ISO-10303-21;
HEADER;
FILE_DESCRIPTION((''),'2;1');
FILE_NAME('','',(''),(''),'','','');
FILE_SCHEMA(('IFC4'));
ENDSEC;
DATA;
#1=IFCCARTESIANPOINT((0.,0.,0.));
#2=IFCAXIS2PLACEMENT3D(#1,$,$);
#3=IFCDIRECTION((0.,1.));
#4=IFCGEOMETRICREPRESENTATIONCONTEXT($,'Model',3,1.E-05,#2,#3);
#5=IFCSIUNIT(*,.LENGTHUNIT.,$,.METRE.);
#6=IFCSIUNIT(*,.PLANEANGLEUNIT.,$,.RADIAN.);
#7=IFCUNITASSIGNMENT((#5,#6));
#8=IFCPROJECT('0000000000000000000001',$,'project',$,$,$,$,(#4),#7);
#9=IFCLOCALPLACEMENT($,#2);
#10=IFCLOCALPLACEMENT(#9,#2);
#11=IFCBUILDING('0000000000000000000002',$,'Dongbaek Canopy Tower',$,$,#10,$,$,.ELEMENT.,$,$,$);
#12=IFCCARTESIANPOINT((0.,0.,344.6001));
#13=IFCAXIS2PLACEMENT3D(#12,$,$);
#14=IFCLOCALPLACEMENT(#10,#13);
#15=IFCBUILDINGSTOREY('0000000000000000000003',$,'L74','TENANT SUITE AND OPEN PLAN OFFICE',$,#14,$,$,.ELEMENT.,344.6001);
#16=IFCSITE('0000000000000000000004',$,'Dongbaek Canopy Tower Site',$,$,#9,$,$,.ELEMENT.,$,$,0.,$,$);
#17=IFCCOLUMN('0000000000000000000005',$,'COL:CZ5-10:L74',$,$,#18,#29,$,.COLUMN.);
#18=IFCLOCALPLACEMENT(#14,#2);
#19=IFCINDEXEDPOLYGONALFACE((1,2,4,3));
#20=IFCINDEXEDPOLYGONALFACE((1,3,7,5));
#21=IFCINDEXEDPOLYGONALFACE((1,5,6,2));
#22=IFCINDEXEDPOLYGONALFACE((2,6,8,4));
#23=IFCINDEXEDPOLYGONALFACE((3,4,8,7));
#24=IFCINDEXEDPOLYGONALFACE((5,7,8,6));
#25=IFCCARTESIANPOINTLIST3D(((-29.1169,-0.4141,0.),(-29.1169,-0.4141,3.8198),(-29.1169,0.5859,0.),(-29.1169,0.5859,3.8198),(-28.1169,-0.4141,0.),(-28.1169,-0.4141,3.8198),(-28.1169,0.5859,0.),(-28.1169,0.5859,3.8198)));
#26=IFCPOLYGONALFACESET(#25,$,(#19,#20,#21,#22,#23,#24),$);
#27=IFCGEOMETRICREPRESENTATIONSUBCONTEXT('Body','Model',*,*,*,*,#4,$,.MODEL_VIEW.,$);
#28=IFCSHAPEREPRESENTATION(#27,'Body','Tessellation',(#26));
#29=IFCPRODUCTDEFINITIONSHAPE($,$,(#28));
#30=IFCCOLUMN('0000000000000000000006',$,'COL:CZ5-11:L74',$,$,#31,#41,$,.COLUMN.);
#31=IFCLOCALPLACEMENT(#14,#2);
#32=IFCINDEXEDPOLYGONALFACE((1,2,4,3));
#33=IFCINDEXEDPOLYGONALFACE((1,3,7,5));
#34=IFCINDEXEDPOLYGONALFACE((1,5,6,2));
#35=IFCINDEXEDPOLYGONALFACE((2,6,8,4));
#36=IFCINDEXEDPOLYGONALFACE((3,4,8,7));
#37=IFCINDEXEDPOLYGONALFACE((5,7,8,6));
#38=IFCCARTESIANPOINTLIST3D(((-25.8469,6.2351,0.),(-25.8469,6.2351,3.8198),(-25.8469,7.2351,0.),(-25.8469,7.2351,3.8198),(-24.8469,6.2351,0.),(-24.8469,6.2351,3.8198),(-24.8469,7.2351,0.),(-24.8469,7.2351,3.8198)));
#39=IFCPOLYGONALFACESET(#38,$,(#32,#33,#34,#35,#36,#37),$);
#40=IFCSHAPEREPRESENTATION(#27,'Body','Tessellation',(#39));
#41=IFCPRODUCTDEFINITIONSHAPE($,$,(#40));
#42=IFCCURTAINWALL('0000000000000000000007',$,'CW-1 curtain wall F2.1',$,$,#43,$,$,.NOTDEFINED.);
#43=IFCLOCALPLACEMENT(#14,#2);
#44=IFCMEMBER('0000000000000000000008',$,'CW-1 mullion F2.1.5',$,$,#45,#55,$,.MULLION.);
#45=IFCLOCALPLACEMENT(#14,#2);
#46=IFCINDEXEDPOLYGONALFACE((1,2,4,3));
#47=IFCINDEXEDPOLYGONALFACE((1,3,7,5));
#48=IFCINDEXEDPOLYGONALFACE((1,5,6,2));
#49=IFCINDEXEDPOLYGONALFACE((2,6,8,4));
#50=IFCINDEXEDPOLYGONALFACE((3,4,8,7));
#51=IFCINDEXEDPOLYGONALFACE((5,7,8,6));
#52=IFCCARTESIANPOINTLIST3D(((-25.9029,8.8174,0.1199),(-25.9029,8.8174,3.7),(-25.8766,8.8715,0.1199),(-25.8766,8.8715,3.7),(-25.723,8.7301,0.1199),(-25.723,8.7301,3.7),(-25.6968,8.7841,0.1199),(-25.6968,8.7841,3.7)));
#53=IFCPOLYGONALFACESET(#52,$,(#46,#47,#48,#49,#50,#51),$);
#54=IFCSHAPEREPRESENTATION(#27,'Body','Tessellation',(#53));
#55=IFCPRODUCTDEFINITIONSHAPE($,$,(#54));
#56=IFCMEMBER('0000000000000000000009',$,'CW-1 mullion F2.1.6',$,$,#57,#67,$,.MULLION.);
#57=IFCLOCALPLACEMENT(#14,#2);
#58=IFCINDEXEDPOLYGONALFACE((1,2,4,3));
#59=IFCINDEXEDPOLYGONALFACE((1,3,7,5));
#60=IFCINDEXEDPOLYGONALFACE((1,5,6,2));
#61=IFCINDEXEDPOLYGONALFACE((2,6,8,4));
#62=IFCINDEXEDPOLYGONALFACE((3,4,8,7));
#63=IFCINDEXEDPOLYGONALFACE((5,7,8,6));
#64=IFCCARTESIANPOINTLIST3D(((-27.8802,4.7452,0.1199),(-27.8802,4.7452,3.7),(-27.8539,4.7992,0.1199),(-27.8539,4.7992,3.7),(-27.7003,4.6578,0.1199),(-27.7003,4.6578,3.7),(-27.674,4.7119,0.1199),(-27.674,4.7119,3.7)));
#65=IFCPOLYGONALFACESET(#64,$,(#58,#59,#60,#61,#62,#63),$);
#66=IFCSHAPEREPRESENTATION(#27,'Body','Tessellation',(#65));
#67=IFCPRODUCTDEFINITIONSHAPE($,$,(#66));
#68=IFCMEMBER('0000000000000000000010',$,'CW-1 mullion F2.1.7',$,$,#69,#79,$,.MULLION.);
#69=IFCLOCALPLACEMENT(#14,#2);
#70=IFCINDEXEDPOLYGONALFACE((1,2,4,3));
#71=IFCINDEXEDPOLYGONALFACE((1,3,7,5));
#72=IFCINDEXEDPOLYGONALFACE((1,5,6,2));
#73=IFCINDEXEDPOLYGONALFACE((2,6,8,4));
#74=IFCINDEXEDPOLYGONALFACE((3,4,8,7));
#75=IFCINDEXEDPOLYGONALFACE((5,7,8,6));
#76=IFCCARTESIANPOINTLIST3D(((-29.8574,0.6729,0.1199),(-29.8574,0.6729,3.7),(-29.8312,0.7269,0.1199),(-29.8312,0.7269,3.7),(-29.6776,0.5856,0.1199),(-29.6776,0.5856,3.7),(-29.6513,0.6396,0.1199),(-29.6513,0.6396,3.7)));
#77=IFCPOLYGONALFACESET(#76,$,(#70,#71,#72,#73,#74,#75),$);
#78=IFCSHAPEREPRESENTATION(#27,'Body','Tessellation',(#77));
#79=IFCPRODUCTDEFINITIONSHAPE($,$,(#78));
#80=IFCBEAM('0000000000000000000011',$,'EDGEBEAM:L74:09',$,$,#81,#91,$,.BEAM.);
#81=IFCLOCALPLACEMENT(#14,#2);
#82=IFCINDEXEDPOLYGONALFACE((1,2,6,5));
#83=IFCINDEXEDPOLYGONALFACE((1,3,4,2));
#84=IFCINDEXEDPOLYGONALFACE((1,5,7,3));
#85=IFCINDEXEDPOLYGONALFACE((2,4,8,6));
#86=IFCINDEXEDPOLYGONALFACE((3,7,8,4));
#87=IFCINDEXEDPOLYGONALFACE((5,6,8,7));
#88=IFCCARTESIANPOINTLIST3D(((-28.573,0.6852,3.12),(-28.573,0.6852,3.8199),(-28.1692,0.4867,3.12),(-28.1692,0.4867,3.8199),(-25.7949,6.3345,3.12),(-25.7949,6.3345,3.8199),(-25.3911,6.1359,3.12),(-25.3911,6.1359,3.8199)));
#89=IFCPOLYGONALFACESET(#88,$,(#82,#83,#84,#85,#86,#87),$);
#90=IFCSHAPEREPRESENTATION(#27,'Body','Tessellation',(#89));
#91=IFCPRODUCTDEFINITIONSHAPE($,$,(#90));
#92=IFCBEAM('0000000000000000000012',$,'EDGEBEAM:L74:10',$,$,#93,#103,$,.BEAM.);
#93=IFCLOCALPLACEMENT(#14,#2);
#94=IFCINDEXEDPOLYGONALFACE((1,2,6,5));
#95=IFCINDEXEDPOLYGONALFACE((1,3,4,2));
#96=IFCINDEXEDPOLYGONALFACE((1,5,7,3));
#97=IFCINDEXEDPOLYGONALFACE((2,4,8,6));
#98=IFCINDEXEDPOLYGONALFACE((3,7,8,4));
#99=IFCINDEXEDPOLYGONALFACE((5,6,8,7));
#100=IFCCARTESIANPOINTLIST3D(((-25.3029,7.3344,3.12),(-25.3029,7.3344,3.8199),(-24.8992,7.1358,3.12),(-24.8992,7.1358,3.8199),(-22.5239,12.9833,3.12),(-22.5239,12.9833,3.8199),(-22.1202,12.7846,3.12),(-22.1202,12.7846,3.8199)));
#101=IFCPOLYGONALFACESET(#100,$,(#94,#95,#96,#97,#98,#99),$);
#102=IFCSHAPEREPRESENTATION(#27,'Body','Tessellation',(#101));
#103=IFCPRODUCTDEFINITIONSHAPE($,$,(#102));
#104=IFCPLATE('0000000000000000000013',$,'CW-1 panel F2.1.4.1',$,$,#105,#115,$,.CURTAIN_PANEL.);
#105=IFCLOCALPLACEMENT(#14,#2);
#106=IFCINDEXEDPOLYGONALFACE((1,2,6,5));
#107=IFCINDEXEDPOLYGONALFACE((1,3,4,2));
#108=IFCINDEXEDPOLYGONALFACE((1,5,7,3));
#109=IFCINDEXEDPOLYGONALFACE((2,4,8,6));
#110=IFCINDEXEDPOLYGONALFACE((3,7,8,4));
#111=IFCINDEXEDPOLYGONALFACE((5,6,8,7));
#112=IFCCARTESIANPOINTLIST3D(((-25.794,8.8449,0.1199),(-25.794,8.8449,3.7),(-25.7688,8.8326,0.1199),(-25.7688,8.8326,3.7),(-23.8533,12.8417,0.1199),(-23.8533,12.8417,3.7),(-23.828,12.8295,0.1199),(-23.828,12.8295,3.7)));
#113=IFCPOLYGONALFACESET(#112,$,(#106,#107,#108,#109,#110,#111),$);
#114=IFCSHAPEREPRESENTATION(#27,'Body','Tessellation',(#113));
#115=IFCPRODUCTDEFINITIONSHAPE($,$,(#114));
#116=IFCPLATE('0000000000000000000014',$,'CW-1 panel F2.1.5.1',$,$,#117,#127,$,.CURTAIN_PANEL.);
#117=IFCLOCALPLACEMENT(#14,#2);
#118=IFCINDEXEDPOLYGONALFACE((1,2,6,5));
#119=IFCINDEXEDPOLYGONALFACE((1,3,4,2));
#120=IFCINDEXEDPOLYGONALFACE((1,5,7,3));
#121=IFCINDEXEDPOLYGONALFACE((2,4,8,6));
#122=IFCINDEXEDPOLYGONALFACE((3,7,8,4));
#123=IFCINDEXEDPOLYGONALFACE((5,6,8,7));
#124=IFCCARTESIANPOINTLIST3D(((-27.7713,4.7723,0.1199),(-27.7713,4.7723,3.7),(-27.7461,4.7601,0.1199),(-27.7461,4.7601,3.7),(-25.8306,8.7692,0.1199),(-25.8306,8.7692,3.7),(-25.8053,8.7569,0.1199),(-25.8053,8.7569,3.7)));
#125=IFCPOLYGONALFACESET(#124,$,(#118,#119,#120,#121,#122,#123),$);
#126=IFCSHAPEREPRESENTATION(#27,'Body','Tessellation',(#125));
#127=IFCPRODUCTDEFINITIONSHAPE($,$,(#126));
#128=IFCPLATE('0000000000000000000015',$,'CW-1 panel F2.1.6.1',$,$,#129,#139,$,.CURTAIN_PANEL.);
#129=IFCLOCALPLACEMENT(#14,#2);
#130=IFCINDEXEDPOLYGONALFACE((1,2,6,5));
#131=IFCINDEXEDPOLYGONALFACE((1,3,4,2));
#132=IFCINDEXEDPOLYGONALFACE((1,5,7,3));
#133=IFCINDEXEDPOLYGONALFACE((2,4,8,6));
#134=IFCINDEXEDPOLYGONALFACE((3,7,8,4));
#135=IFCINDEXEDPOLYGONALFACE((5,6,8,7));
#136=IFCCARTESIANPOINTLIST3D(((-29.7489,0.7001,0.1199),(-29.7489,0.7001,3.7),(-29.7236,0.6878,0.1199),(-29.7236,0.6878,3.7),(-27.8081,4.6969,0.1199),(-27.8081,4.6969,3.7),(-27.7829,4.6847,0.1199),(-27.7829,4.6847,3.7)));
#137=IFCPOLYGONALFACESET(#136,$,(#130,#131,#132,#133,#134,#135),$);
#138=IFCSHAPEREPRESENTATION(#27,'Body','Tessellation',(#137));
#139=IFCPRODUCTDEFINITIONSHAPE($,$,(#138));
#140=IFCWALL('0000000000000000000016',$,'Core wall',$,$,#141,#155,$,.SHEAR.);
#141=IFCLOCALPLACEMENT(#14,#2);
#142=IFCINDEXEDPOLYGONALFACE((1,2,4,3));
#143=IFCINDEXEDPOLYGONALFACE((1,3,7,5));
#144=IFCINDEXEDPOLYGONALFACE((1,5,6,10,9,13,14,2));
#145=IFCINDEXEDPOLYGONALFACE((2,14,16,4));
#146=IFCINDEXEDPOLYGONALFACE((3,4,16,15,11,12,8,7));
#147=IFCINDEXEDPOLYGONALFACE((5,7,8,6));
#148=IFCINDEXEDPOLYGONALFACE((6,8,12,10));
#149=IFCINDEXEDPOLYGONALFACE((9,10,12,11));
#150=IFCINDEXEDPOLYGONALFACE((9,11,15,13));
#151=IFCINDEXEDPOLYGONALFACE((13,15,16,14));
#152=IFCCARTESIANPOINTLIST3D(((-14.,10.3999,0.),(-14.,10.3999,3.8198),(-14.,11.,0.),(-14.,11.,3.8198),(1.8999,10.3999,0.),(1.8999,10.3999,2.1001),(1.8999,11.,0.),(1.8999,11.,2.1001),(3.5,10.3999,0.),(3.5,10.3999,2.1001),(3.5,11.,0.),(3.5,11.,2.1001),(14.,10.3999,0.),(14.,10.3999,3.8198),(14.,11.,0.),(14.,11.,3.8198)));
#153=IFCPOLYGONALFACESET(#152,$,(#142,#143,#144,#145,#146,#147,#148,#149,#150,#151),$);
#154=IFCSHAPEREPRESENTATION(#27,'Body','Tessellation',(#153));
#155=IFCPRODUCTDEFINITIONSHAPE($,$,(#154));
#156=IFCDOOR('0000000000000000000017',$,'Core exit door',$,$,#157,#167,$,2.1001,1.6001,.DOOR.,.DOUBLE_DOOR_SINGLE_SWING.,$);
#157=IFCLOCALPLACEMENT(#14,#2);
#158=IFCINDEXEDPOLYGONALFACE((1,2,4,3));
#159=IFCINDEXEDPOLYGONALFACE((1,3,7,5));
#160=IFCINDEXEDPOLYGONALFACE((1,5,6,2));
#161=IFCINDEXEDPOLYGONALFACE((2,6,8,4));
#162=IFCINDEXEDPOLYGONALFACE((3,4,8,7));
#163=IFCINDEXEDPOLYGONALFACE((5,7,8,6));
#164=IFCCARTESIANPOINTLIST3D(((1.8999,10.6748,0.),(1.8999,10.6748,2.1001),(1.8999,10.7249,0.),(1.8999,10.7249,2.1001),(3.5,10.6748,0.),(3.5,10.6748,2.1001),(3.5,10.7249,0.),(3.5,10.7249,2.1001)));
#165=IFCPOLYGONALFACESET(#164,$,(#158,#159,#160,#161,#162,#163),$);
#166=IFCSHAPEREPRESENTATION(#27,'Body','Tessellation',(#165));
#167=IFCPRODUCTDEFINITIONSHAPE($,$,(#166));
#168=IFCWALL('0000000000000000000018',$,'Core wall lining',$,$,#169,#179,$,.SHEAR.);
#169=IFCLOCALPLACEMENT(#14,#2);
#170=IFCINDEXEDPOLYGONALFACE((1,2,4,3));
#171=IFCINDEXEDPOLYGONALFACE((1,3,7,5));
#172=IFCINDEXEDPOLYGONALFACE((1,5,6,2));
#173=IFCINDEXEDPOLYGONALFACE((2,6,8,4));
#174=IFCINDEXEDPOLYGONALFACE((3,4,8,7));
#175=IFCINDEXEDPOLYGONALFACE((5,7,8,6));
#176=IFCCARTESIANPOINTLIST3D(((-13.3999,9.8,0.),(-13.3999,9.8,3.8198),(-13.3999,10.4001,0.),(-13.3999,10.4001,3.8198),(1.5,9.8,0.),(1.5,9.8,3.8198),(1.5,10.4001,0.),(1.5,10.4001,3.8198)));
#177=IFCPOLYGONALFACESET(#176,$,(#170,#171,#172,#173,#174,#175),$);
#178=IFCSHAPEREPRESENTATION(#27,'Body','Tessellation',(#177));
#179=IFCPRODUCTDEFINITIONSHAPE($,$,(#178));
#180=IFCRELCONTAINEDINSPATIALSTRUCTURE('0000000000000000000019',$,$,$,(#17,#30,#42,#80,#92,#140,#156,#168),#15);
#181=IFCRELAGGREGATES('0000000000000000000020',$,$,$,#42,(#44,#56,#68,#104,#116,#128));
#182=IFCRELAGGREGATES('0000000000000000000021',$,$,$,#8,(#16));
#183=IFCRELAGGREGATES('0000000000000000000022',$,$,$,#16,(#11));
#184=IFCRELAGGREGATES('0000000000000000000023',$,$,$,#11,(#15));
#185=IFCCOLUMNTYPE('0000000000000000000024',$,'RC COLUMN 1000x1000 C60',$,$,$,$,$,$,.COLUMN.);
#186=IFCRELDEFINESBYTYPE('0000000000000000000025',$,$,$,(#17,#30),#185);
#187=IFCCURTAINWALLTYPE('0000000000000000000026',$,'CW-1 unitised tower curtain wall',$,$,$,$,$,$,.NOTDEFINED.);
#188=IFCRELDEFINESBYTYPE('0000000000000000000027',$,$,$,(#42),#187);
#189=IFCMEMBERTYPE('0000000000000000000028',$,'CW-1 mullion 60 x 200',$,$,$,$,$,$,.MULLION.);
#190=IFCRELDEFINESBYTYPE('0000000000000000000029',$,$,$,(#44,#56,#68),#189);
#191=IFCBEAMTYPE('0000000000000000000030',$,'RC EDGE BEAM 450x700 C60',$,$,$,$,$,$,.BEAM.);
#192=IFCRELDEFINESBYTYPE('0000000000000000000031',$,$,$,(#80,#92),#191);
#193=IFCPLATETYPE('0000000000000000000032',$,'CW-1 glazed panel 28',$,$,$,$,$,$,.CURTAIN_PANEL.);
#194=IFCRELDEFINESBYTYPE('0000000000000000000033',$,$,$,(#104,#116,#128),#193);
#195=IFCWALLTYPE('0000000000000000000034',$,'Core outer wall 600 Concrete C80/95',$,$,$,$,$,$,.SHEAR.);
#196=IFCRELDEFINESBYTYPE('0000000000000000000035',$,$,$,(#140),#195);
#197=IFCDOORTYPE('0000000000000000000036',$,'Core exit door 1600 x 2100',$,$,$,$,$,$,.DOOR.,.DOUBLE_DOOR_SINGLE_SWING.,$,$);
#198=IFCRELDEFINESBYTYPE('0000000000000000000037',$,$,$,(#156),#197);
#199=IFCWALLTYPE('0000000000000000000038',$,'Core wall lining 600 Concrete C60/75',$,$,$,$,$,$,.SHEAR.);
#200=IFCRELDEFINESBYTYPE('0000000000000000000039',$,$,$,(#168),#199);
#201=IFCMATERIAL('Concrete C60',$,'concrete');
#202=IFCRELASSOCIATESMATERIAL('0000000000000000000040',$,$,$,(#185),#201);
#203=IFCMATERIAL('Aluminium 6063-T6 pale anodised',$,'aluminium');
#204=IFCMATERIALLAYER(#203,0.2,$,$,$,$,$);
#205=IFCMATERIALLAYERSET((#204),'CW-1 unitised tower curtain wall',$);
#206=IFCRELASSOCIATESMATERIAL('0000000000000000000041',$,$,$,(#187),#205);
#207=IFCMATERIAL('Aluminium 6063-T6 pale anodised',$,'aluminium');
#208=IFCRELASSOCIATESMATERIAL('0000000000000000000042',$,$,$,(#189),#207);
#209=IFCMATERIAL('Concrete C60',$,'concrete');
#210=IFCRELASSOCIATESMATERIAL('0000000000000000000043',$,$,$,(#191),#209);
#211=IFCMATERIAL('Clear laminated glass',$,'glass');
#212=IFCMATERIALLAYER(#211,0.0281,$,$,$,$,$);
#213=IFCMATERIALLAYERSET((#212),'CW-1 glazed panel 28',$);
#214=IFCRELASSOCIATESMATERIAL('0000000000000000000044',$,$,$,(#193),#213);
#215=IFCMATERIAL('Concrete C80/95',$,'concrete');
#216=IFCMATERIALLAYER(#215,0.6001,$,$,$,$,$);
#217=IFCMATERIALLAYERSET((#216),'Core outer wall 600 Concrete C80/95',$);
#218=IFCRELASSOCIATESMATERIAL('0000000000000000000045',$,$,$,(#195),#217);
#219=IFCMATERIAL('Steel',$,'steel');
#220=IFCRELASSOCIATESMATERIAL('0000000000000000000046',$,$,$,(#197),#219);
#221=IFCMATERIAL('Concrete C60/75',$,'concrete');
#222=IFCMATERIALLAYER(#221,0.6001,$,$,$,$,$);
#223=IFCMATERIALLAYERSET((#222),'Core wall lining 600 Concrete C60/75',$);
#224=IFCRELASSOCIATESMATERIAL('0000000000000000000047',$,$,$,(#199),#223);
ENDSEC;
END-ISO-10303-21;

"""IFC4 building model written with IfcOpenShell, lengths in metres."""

from ifc_helpers import new_model, si_unit, direction, frame, frame_2d, origin, origin_2d, place, context, subcontext, project, spatial, rectangle, extrude, material, layer, layer_set, material_profile, profile_set, type_object, element, fill, aggregate, save


model = new_model("IFC4")

# Units and contexts
model_context = context("Model", 3, precision=1e-05, world=origin(), true_north=direction((0.0, 1.0)))
body_context = subcontext(model_context, "Body", "Model", "MODEL_VIEW")
ifc_project = project(units=[si_unit("LENGTHUNIT", "METRE"), si_unit("PLANEANGLEUNIT", "RADIAN")], contexts=[model_context])

# Site, building, storey
site_placement = place(None, origin())
site = spatial("IfcSite", under=ifc_project, at=site_placement, Name="Dongbaek Canopy Tower Site", CompositionType="ELEMENT", RefElevation=0.0)
building_placement = place(site_placement, origin())
building = spatial("IfcBuilding", under=site, at=building_placement, Name="Dongbaek Canopy Tower", CompositionType="ELEMENT")
storey_placement = place(building_placement, frame((0.0, 0.0, 344.6001)))
storey = spatial("IfcBuildingStorey", under=building, at=storey_placement, Name="L74", Description="TENANT SUITE AND OPEN PLAN OFFICE", CompositionType="ELEMENT", Elevation=344.6001)

# Columns
ifc_material_1 = material(Name="Concrete C60", Category="concrete")
ifc_material_profile_1 = material_profile(ifc_material_1, rectangle(XDim=1.0, YDim=1.0, at=origin_2d()), Name="RC COLUMN 1000x1000 C60")
ifc_profile_set_1 = profile_set([ifc_material_profile_1], Name="Concrete C60")
column_type = type_object("IfcColumnType", Name="RC COLUMN 1000x1000 C60", PredefinedType="COLUMN", material=ifc_profile_set_1)
for number, where, z_axis, x_axis, name in (
    (1, (-28.6169, 0.0859, 0.0), (0.0, 0.0, 1.0), (1.0, 0.0, 0.0), "COL:CZ5-10:L74"),
    (2, (-25.3469, 6.7351, 0.0), (0.0, 0.0, 1.0), (1.0, 0.0, 0.0), "COL:CZ5-11:L74"),
):
    element("IfcColumn", number, at=place(storey_placement, frame(where, z_axis=z_axis, x_axis=x_axis)), inside=storey, type_object=column_type, Name=name, PredefinedType="COLUMN", context=body_context, shape_type="SweptSolid", body=[
        extrude(rectangle(XDim=1.0, YDim=1.0, at=origin_2d()), origin(), (0.0, 0.0, 1.0), 3.8198),
    ])

# Curtain wall, members
ifc_material_2 = material(Name="Aluminium 6063-T6 pale anodised", Category="aluminium")
ifc_layer_1 = layer(ifc_material_2, 0.2)
ifc_layer_set_1 = layer_set([ifc_layer_1], Name="CW-1 unitised tower curtain wall")
curtain_wall_type = type_object("IfcCurtainWallType", Name="CW-1 unitised tower curtain wall", PredefinedType="NOTDEFINED", material=ifc_layer_set_1)
curtain_wall_placement = place(storey_placement, origin())
curtain_wall = element("IfcCurtainWall", 3, at=curtain_wall_placement, inside=storey, type_object=curtain_wall_type, Name="CW-1 curtain wall F2.1", PredefinedType="NOTDEFINED")
ifc_material_3 = material(Name="Aluminium 6063-T6 pale anodised", Category="aluminium")
ifc_material_profile_2 = material_profile(ifc_material_3, rectangle(XDim=0.2, YDim=0.0601, at=origin_2d()), Name="CW-1 mullion 60 x 200")
ifc_profile_set_2 = profile_set([ifc_material_profile_2], Name="Aluminium 6063-T6 pale anodised")
member_type = type_object("IfcMemberType", Name="CW-1 mullion 60 x 200", PredefinedType="MULLION", material=ifc_profile_set_2)
member_1_placement = place(storey_placement, frame((-25.7998, 8.8008, 0.1199), z_axis=(0.0, 0.0, 1.0), x_axis=(-0.899563, 0.436791, 0.0)))
member_1 = element("IfcMember", 4, at=member_1_placement, type_object=member_type, Name="CW-1 mullion F2.1.5", PredefinedType="MULLION", context=body_context, shape_type="SweptSolid", body=[
    extrude(rectangle(XDim=0.2, YDim=0.0601, at=origin_2d()), origin(), (0.0, 0.0, 1.0), 3.5801),
])
member_2_placement = place(storey_placement, frame((-27.7771, 4.7285, 0.1199), z_axis=(0.0, 0.0, 1.0), x_axis=(-0.899563, 0.436791, 0.0)))
member_2 = element("IfcMember", 5, at=member_2_placement, type_object=member_type, Name="CW-1 mullion F2.1.6", PredefinedType="MULLION", context=body_context, shape_type="SweptSolid", body=[
    extrude(rectangle(XDim=0.2, YDim=0.0601, at=origin_2d()), origin(), (0.0, 0.0, 1.0), 3.5801),
])
member_3_placement = place(storey_placement, frame((-29.7544, 0.6562, 0.1199), z_axis=(0.0, 0.0, 1.0), x_axis=(-0.899563, 0.436791, 0.0)))
member_3 = element("IfcMember", 6, at=member_3_placement, type_object=member_type, Name="CW-1 mullion F2.1.7", PredefinedType="MULLION", context=body_context, shape_type="SweptSolid", body=[
    extrude(rectangle(XDim=0.2, YDim=0.0601, at=origin_2d()), origin(), (0.0, 0.0, 1.0), 3.5801),
])

# Beams
ifc_material_4 = material(Name="Concrete C60", Category="concrete")
ifc_material_profile_3 = material_profile(ifc_material_4, rectangle(XDim=0.45, YDim=0.7, at=origin_2d()), Name="RC EDGE BEAM 450x700 C60")
ifc_profile_set_3 = profile_set([ifc_material_profile_3], Name="Concrete C60")
beam_type = type_object("IfcBeamType", Name="RC EDGE BEAM 450x700 C60", PredefinedType="BEAM", material=ifc_profile_set_3)
for number, where, z_axis, x_axis, name in (
    (7, (-28.3711, 0.5859, 3.47), (0.441294, 0.897363, 0.0), (-0.897363, 0.441294, 0.0), "EDGEBEAM:L74:09"),
    (8, (-25.1011, 7.2351, 3.47), (0.441434, 0.897294, 0.0), (-0.897294, 0.441434, 0.0), "EDGEBEAM:L74:10"),
):
    element("IfcBeam", number, at=place(storey_placement, frame(where, z_axis=z_axis, x_axis=x_axis)), inside=storey, type_object=beam_type, Name=name, PredefinedType="BEAM", context=body_context, shape_type="SweptSolid", body=[
        extrude(rectangle(XDim=0.45, YDim=0.7, at=origin_2d()), origin(), (0.0, 0.0, 1.0), 6.2954),
    ])

# Plates
ifc_material_5 = material(Name="Clear laminated glass", Category="glass")
ifc_layer_2 = layer(ifc_material_5, 0.0281)
ifc_layer_set_2 = layer_set([ifc_layer_2], Name="CW-1 glazed panel 28")
plate_type = type_object("IfcPlateType", Name="CW-1 glazed panel 28", PredefinedType="CURTAIN_PANEL", material=ifc_layer_set_2)
plate_1_placement = place(storey_placement, frame((-24.811, 10.8372, 0.1199), z_axis=(0.0, 0.0, 1.0), x_axis=(-0.436791, -0.899563, 0.0)))
plate_1 = element("IfcPlate", 9, at=plate_1_placement, type_object=plate_type, Name="CW-1 panel F2.1.4.1", PredefinedType="CURTAIN_PANEL", context=body_context, shape_type="SweptSolid", body=[
    extrude(rectangle(XDim=4.4431, YDim=0.0281, at=origin_2d()), origin(), (0.0, 0.0, 1.0), 3.5801),
])
plate_2_placement = place(storey_placement, frame((-26.7883, 6.7646, 0.1199), z_axis=(0.0, 0.0, 1.0), x_axis=(-0.436791, -0.899563, 0.0)))
plate_2 = element("IfcPlate", 10, at=plate_2_placement, type_object=plate_type, Name="CW-1 panel F2.1.5.1", PredefinedType="CURTAIN_PANEL", context=body_context, shape_type="SweptSolid", body=[
    extrude(rectangle(XDim=4.4431, YDim=0.0281, at=origin_2d()), origin(), (0.0, 0.0, 1.0), 3.5801),
])
plate_3_placement = place(storey_placement, frame((-28.7659, 2.6924, 0.1199), z_axis=(0.0, 0.0, 1.0), x_axis=(-0.436791, -0.899563, 0.0)))
plate_3 = element("IfcPlate", 11, at=plate_3_placement, type_object=plate_type, Name="CW-1 panel F2.1.6.1", PredefinedType="CURTAIN_PANEL", context=body_context, shape_type="SweptSolid", body=[
    extrude(rectangle(XDim=4.4431, YDim=0.0281, at=origin_2d()), origin(), (0.0, 0.0, 1.0), 3.5801),
])

# Wall, opening, door
ifc_material_6 = material(Name="Concrete C80/95", Category="concrete")
ifc_layer_3 = layer(ifc_material_6, 0.6001)
ifc_layer_set_3 = layer_set([ifc_layer_3], Name="Core outer wall 600 Concrete C80/95")
wall_type_1 = type_object("IfcWallType", Name="Core outer wall 600 Concrete C80/95", PredefinedType="SHEAR", material=ifc_layer_set_3)
wall_1_placement = place(storey_placement, frame((-14.0, 10.7, 0.0), z_axis=(0.0, 0.0, 1.0), x_axis=(1.0, 0.0, 0.0)))
wall_1 = element("IfcWall", 12, at=wall_1_placement, inside=storey, type_object=wall_type_1, Name="Core wall", PredefinedType="SHEAR", context=body_context, shape_type="SweptSolid", body=[
    extrude(rectangle(XDim=28.0, YDim=0.6001, at=frame_2d((14.0, 0.0))), origin(), (0.0, 0.0, 1.0), 3.8198),
])
opening_placement = place(wall_1_placement, frame((15.8999, 0.0, 0.0)))
opening = element("IfcOpeningElement", 13, at=opening_placement, cuts=wall_1, PredefinedType="OPENING", context=body_context, shape_type="SweptSolid", body=[
    extrude(rectangle(XDim=1.6001, YDim=2.1001, at=frame_2d((0.8, 1.05))), frame((0.0, 0.3101, 0.0), z_axis=(0.0, -1.0, 0.0), x_axis=(1.0, 0.0, 0.0)), (0.0, 0.0, 1.0), 0.6201),
])
ifc_material_7 = material(Name="Steel", Category="steel")
door_type = type_object("IfcDoorType", Name="Core exit door 1600 x 2100", OperationType="DOUBLE_DOOR_SINGLE_SWING", PredefinedType="DOOR", material=ifc_material_7)
door_placement = place(opening_placement, origin())
door = element("IfcDoor", 14, at=door_placement, inside=storey, type_object=door_type, Name="Core exit door", OperationType="DOUBLE_DOOR_SINGLE_SWING", OverallHeight=2.1001, OverallWidth=1.6001, PredefinedType="DOOR", context=body_context, shape_type="SweptSolid", body=[
    extrude(rectangle(XDim=1.6001, YDim=2.1001, at=frame_2d((0.8, 1.05))), frame((0.0, 0.0249, 0.0), z_axis=(0.0, -1.0, 0.0), x_axis=(1.0, 0.0, 0.0)), (0.0, 0.0, 1.0), 0.05),
])
fill(opening, door)

# Wall
ifc_material_8 = material(Name="Concrete C60/75", Category="concrete")
ifc_layer_4 = layer(ifc_material_8, 0.6001)
ifc_layer_set_4 = layer_set([ifc_layer_4], Name="Core wall lining 600 Concrete C60/75")
wall_type_2 = type_object("IfcWallType", Name="Core wall lining 600 Concrete C60/75", PredefinedType="SHEAR", material=ifc_layer_set_4)
wall_2_placement = place(storey_placement, frame((-13.3999, 10.1001, 0.0), z_axis=(0.0, 0.0, 1.0), x_axis=(1.0, 0.0, 0.0)))
element("IfcWall", 15, at=wall_2_placement, inside=storey, type_object=wall_type_2, Name="Core wall lining", PredefinedType="SHEAR", context=body_context, shape_type="SweptSolid", body=[
    extrude(rectangle(XDim=14.8999, YDim=0.6001, at=frame_2d((7.45, 0.0))), origin(), (0.0, 0.0, 1.0), 3.8198),
])

aggregate(curtain_wall, [member_1, member_2, member_3, plate_1, plate_2, plate_3])

save(model, "model.ifc")
